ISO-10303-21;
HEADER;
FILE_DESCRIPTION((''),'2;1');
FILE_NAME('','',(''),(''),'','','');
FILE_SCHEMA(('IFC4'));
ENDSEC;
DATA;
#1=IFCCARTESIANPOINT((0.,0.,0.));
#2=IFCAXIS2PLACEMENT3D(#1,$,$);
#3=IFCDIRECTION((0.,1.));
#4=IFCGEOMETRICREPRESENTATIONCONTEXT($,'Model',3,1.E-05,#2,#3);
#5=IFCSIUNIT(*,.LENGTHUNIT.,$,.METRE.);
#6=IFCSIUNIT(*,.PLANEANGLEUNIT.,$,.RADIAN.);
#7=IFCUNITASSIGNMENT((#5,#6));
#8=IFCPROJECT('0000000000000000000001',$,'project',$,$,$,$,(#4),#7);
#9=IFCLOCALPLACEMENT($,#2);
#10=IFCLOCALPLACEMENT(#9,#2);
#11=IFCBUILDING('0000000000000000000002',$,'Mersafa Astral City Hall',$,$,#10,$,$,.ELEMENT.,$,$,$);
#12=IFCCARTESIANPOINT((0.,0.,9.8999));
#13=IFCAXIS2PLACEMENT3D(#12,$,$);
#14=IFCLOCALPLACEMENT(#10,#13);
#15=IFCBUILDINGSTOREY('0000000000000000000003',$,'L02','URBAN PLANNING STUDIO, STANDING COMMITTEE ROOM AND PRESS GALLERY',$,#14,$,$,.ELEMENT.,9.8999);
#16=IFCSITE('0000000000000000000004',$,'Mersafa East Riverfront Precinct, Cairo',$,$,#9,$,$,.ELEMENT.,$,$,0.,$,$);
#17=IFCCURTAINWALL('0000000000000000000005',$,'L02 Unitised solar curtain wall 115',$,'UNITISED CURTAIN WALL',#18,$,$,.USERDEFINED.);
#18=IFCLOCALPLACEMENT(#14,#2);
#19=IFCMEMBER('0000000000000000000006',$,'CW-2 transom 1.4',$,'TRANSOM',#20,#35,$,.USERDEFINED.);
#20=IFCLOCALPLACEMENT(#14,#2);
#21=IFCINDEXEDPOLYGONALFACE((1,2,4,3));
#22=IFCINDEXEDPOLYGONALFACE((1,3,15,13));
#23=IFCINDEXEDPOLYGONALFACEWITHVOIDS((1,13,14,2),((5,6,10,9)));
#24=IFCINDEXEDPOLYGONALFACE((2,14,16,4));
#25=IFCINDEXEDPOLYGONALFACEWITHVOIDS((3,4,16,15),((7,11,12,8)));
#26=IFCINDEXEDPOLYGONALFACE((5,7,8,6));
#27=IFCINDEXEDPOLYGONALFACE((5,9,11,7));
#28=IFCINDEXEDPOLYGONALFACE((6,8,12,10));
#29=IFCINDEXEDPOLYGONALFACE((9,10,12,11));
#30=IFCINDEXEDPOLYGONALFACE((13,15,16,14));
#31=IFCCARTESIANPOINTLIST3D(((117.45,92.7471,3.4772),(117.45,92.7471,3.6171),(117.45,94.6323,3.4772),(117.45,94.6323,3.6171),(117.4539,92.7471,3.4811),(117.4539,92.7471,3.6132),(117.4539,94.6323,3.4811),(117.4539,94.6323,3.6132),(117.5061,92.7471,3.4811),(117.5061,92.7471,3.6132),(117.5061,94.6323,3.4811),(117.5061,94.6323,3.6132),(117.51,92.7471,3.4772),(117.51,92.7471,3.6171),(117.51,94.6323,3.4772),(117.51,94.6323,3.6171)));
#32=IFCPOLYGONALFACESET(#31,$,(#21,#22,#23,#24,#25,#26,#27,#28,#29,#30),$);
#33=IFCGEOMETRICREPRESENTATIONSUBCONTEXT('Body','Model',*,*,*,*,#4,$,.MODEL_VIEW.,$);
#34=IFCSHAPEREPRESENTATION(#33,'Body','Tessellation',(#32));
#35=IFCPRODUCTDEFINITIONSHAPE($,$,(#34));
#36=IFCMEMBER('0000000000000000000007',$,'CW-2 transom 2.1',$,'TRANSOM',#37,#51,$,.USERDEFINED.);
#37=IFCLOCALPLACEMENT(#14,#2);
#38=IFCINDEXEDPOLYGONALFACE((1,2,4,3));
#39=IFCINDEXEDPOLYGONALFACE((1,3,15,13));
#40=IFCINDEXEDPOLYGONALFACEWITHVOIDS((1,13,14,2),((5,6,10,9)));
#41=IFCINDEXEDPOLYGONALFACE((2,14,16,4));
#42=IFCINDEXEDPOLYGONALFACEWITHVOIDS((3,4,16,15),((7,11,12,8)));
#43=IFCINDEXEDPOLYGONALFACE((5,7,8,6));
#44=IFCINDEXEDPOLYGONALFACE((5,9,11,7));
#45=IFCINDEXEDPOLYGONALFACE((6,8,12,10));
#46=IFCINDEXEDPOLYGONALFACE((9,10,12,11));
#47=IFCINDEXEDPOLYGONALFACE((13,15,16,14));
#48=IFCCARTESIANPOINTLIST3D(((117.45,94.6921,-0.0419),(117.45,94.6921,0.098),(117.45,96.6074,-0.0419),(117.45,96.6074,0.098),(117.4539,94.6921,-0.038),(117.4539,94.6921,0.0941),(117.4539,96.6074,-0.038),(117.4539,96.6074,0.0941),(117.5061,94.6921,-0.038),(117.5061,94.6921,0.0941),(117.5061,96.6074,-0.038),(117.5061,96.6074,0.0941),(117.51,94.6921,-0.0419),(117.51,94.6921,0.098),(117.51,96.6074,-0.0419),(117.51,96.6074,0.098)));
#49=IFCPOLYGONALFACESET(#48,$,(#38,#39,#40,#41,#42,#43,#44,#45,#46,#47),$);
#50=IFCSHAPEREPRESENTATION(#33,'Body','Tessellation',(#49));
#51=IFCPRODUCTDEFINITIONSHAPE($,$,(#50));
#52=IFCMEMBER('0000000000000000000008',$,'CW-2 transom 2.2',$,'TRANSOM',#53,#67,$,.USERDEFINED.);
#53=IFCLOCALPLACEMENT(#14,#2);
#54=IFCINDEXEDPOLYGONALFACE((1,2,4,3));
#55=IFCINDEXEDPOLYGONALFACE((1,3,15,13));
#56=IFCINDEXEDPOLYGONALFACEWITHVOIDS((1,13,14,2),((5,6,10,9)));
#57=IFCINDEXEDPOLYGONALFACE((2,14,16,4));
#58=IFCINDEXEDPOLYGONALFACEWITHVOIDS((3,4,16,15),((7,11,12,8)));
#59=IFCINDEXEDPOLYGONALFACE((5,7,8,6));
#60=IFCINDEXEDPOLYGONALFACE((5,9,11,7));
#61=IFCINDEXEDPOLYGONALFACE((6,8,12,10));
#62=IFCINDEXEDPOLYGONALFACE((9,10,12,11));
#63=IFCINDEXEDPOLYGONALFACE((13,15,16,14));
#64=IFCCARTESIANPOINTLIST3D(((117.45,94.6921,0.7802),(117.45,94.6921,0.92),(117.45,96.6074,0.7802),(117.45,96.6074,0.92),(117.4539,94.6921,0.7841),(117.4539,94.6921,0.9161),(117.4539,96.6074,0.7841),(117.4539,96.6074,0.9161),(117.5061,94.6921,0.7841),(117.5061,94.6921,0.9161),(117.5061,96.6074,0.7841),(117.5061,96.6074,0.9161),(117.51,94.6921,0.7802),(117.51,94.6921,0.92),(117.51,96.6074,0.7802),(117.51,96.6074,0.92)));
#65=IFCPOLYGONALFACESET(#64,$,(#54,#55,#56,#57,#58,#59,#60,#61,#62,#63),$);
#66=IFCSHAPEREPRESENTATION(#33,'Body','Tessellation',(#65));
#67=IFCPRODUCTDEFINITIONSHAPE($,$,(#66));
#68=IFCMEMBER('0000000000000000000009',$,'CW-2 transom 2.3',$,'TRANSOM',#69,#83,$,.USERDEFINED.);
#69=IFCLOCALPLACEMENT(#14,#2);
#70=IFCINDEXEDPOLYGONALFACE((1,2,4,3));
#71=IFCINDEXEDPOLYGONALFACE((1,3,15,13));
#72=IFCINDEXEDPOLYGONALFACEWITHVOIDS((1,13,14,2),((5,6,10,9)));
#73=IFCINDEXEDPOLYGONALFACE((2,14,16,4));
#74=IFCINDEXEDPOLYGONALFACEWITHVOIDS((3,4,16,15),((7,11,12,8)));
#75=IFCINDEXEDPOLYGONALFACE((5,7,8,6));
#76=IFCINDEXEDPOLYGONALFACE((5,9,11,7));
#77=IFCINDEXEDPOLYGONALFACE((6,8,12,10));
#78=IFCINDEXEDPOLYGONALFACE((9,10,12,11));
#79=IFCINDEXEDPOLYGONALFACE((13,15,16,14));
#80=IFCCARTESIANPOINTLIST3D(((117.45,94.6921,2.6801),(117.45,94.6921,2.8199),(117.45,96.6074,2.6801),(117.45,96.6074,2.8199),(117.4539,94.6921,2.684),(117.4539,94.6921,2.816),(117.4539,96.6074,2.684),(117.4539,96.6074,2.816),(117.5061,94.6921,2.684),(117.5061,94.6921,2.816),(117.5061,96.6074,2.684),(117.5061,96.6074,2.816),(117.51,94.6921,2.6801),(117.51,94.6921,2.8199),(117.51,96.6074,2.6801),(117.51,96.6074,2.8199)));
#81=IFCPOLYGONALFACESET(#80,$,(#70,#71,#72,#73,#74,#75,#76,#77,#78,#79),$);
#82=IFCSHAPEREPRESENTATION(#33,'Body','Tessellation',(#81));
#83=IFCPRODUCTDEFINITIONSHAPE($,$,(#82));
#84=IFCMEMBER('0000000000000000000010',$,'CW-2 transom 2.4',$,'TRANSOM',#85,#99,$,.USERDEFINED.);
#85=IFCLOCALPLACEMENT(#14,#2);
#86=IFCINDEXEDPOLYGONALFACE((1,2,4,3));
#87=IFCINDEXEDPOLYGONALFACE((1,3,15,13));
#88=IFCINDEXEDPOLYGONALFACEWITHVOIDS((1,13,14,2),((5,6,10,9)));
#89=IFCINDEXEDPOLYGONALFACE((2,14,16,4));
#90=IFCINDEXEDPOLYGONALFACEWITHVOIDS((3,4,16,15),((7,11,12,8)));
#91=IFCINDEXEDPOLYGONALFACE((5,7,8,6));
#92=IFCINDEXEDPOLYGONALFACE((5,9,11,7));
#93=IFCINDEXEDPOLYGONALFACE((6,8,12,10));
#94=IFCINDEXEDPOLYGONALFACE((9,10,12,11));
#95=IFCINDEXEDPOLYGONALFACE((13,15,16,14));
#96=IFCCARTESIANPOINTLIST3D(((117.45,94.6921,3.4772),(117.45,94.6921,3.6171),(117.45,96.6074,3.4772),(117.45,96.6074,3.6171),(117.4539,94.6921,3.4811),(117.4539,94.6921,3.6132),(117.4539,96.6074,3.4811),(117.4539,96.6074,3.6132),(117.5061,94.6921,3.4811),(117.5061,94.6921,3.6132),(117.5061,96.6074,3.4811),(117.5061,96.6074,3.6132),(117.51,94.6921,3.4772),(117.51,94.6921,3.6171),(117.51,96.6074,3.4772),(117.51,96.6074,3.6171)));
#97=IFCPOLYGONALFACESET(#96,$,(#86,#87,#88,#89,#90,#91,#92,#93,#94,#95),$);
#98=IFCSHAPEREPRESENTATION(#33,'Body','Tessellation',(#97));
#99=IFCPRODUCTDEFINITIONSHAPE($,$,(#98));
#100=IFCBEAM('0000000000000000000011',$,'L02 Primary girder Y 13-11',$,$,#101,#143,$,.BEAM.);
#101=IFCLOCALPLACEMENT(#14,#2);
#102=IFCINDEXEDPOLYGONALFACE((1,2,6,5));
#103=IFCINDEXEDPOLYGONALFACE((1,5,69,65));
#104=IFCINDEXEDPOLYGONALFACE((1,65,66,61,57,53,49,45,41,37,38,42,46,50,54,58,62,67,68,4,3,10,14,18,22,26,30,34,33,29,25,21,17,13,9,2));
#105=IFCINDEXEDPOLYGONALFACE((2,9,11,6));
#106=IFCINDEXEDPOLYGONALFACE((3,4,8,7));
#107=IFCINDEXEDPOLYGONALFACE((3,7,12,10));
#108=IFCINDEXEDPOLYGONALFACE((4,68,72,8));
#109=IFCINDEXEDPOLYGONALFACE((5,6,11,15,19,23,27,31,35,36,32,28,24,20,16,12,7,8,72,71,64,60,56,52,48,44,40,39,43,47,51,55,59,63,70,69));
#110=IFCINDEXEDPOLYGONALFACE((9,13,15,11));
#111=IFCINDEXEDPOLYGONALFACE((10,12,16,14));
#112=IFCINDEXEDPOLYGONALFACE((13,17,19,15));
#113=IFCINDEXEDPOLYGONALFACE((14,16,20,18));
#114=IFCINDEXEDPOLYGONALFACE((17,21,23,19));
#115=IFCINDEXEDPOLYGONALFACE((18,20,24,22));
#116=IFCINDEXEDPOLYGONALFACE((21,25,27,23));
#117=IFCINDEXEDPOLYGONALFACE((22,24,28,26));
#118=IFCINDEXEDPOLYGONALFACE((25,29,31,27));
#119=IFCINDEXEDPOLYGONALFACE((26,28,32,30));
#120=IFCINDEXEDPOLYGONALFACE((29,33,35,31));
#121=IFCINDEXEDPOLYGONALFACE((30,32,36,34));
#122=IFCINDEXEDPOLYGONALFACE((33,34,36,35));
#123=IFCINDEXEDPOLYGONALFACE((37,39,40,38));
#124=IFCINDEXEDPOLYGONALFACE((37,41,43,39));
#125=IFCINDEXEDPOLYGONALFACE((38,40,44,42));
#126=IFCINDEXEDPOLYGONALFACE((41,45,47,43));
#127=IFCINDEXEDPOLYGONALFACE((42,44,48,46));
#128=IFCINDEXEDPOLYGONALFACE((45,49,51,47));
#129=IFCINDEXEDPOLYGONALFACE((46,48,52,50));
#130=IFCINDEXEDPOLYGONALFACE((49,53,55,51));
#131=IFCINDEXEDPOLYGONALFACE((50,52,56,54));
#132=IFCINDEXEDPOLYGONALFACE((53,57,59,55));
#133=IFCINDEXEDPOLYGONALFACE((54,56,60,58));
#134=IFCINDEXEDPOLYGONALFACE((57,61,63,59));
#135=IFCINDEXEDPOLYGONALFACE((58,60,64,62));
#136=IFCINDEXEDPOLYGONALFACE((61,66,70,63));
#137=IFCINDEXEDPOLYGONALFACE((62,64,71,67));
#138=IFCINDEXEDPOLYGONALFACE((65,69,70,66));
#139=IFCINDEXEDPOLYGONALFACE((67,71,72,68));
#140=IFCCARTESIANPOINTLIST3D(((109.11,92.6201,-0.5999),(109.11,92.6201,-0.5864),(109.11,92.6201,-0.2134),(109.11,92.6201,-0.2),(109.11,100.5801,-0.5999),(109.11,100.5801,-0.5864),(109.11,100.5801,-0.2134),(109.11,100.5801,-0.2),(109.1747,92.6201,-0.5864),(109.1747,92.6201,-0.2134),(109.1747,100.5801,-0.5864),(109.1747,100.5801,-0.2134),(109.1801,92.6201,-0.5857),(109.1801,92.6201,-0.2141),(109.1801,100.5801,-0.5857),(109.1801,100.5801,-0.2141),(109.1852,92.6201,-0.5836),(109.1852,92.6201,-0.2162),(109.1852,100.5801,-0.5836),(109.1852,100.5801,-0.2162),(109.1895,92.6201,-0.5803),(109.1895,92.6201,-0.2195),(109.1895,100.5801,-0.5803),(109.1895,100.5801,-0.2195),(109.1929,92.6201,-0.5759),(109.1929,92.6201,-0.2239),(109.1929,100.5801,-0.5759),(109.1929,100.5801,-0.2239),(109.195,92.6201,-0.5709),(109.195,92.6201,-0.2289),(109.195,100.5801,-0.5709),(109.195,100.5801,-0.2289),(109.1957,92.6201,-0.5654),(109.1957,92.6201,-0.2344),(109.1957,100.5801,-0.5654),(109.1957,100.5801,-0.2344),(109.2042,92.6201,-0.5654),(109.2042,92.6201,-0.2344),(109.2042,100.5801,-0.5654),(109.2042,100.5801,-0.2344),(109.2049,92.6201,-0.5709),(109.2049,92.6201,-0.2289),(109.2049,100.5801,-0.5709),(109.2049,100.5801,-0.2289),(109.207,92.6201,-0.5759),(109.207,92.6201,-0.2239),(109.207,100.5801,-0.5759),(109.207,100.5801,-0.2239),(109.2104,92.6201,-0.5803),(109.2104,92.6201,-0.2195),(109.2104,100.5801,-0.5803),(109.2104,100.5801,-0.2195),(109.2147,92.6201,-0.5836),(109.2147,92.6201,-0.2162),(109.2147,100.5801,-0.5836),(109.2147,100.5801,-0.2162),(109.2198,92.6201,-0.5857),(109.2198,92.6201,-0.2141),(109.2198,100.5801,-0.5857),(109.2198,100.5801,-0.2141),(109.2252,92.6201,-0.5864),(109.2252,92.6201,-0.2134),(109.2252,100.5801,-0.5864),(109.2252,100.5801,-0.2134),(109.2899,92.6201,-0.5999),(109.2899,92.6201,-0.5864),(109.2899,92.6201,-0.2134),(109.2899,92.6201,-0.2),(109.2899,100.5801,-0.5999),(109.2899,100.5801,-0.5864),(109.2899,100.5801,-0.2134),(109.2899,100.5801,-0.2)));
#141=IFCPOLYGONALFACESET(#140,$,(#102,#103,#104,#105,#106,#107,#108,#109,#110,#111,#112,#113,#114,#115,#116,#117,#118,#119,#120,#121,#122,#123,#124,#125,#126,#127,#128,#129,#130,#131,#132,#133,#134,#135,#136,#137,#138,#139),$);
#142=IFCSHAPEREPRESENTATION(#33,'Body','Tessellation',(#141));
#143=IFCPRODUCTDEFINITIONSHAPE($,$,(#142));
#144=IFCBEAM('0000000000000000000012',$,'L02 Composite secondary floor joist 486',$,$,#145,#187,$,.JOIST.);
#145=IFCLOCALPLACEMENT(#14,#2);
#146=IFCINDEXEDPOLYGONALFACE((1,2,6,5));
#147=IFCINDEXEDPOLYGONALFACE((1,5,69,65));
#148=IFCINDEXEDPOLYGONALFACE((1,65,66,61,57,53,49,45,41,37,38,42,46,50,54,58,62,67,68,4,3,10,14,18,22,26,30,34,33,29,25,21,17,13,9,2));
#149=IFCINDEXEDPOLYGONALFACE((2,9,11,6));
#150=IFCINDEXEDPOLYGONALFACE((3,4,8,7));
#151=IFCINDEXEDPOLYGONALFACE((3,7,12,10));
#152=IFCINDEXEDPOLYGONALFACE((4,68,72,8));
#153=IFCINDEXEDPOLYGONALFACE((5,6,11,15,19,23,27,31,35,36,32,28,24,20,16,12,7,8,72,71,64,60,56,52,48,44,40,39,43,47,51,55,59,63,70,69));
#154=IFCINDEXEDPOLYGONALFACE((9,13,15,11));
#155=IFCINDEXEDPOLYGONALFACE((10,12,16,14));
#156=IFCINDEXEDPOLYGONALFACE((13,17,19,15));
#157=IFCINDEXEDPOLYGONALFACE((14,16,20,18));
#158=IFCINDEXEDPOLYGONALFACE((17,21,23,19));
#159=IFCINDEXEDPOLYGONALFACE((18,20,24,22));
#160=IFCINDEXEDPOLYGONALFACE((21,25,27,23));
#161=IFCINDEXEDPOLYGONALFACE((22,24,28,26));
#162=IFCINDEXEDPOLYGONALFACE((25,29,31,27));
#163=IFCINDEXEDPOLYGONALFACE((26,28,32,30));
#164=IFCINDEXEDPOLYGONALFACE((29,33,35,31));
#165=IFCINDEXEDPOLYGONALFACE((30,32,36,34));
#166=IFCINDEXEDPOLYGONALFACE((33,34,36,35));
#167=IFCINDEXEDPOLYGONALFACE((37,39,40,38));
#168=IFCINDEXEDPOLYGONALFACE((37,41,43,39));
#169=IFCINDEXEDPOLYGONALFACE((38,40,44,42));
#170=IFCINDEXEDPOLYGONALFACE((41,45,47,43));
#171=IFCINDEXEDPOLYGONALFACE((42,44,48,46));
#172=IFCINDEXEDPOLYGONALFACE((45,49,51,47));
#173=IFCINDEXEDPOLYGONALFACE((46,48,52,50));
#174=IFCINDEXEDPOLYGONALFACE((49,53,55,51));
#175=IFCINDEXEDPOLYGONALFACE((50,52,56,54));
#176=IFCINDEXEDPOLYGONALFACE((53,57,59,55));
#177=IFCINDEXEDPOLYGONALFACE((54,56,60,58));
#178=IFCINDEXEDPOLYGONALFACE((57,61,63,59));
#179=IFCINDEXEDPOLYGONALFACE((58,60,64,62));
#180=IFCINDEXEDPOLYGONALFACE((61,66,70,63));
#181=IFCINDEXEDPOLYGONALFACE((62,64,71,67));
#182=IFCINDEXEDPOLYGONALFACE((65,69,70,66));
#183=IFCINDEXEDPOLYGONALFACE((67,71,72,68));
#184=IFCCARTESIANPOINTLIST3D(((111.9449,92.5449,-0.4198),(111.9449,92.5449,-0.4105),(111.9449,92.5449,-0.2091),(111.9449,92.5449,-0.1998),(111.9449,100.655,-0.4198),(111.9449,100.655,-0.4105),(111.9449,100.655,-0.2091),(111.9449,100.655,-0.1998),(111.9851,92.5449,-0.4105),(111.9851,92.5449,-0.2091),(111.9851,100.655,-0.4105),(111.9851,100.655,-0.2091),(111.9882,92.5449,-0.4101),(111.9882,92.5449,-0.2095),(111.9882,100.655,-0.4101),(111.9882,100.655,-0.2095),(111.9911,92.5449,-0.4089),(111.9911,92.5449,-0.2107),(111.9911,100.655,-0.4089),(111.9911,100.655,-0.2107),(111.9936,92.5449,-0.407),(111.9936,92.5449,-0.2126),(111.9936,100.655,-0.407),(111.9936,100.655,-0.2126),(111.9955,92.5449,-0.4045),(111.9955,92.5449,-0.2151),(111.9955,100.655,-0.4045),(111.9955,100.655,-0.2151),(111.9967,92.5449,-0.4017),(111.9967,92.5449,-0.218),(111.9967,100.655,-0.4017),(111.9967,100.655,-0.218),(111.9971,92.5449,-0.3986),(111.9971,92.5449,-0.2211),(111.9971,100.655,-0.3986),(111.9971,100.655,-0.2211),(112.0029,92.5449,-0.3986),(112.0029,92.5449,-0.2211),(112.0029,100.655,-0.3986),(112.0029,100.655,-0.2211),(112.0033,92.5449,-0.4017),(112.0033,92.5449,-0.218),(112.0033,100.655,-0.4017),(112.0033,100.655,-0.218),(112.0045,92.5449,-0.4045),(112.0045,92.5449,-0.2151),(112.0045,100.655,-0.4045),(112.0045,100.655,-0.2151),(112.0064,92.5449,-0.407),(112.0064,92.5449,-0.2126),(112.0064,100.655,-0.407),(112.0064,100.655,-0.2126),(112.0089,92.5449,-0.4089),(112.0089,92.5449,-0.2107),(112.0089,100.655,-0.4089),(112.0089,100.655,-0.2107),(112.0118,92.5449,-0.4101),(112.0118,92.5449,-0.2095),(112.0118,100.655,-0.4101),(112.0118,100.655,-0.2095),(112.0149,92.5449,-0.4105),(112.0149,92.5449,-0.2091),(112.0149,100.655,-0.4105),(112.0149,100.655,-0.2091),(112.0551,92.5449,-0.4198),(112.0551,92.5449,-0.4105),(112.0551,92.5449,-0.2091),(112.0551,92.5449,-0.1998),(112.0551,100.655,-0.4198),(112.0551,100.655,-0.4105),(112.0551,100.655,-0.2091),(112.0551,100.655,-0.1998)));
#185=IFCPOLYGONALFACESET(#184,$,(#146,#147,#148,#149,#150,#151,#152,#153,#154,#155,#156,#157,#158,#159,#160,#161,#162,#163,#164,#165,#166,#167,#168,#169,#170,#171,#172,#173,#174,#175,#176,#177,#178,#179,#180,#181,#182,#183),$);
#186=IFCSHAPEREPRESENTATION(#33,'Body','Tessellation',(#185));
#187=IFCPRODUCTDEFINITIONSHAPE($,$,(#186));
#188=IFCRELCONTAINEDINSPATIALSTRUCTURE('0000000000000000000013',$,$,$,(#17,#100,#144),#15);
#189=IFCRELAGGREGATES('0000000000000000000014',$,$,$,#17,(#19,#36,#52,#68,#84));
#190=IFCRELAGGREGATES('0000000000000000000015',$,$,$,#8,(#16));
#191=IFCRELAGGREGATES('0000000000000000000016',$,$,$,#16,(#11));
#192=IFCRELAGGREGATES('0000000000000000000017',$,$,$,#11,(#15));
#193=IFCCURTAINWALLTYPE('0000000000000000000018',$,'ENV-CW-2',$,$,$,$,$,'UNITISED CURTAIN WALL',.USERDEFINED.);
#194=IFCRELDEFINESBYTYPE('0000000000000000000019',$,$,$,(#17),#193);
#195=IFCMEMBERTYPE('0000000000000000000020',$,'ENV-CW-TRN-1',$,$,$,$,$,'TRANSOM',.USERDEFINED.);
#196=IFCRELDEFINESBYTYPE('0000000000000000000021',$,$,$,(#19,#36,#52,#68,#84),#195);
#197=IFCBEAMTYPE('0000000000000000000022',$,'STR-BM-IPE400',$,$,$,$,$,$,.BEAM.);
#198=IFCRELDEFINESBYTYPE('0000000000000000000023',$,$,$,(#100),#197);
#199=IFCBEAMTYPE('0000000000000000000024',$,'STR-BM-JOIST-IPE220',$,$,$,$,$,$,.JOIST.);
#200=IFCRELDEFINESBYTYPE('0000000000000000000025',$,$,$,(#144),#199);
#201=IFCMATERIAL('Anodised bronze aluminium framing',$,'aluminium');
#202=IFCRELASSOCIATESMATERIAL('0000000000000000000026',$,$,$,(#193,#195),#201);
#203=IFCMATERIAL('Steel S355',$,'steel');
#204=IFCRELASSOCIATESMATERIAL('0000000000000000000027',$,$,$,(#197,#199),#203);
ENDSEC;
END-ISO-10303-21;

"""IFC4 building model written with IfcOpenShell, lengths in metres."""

from ifc_helpers import new_model, si_unit, direction, frame, origin, origin_2d, place, context, subcontext, project, spatial, hollow_rectangle, i_section, extrude, material, material_profile, profile_set, type_object, element, aggregate, save


model = new_model("IFC4")

# Units and contexts
model_context = context("Model", 3, precision=1e-05, world=origin(), true_north=direction((0.0, 1.0)))
body_context = subcontext(model_context, "Body", "Model", "MODEL_VIEW")
ifc_project = project(units=[si_unit("LENGTHUNIT", "METRE"), si_unit("PLANEANGLEUNIT", "RADIAN")], contexts=[model_context])

# Site, building, storey
site_placement = place(None, origin())
site = spatial("IfcSite", under=ifc_project, at=site_placement, Name="Mersafa East Riverfront Precinct, Cairo", CompositionType="ELEMENT", RefElevation=0.0)
building_placement = place(site_placement, origin())
building = spatial("IfcBuilding", under=site, at=building_placement, Name="Mersafa Astral City Hall", CompositionType="ELEMENT")
storey_placement = place(building_placement, frame((0.0, 0.0, 9.8999)))
storey = spatial("IfcBuildingStorey", under=building, at=storey_placement, Name="L02", Description="URBAN PLANNING STUDIO, STANDING COMMITTEE ROOM AND PRESS GALLERY", CompositionType="ELEMENT", Elevation=9.8999)

# Shared definitions
ifc_material_1 = material(Name="Steel S355", Category="steel")

# Curtain wall, members
ifc_material_2 = material(Name="Anodised bronze aluminium framing", Category="aluminium")
curtain_wall_type = type_object("IfcCurtainWallType", Name="ENV-CW-2", ElementType="UNITISED CURTAIN WALL", PredefinedType="USERDEFINED", material=ifc_material_2)
curtain_wall_placement = place(storey_placement, origin())
curtain_wall = element("IfcCurtainWall", 1, at=curtain_wall_placement, inside=storey, type_object=curtain_wall_type, Name="L02 Unitised solar curtain wall 115", ObjectType="UNITISED CURTAIN WALL", PredefinedType="USERDEFINED")
ifc_material_profile_1 = material_profile(ifc_material_2, hollow_rectangle(XDim=0.0601, YDim=0.1399, WallThickness=0.0039, at=origin_2d()), Name="RHS 60x140x4")
ifc_profile_set_1 = profile_set([ifc_material_profile_1], Name="Anodised bronze aluminium framing")
member_type_1 = type_object("IfcMemberType", Name="ENV-CW-TRN-1", ElementType="TRANSOM", PredefinedType="USERDEFINED", material=ifc_profile_set_1)
member_1_placement = place(storey_placement, frame((117.48, 92.7471, 3.5471), z_axis=(0.0, 1.0, 0.0), x_axis=(-1.0, 0.0, 0.0)))
member_1 = element("IfcMember", 2, at=member_1_placement, type_object=member_type_1, Name="CW-2 transom 1.4", ObjectType="TRANSOM", PredefinedType="USERDEFINED", context=body_context, shape_type="SweptSolid", body=[
    extrude(hollow_rectangle(XDim=0.0601, YDim=0.1399, WallThickness=0.0039, at=origin_2d()), origin(), (0.0, 0.0, 1.0), 1.8853),
])
member_2_placement = place(storey_placement, frame((117.48, 94.6921, 0.0281), z_axis=(0.0, 1.0, 0.0), x_axis=(-1.0, 0.0, 0.0)))
member_2 = element("IfcMember", 3, at=member_2_placement, type_object=member_type_1, Name="CW-2 transom 2.1", ObjectType="TRANSOM", PredefinedType="USERDEFINED", context=body_context, shape_type="SweptSolid", body=[
    extrude(hollow_rectangle(XDim=0.0601, YDim=0.1399, WallThickness=0.0039, at=origin_2d()), origin(), (0.0, 0.0, 1.0), 1.9153),
])
member_3_placement = place(storey_placement, frame((117.48, 94.6921, 0.8501), z_axis=(0.0, 1.0, 0.0), x_axis=(-1.0, 0.0, 0.0)))
member_3 = element("IfcMember", 4, at=member_3_placement, type_object=member_type_1, Name="CW-2 transom 2.2", ObjectType="TRANSOM", PredefinedType="USERDEFINED", context=body_context, shape_type="SweptSolid", body=[
    extrude(hollow_rectangle(XDim=0.0601, YDim=0.1399, WallThickness=0.0039, at=origin_2d()), origin(), (0.0, 0.0, 1.0), 1.9153),
])
member_4_placement = place(storey_placement, frame((117.48, 94.6921, 2.75), z_axis=(0.0, 1.0, 0.0), x_axis=(-1.0, 0.0, 0.0)))
member_4 = element("IfcMember", 5, at=member_4_placement, type_object=member_type_1, Name="CW-2 transom 2.3", ObjectType="TRANSOM", PredefinedType="USERDEFINED", context=body_context, shape_type="SweptSolid", body=[
    extrude(hollow_rectangle(XDim=0.0601, YDim=0.1399, WallThickness=0.0039, at=origin_2d()), origin(), (0.0, 0.0, 1.0), 1.9153),
])
member_5_placement = place(storey_placement, frame((117.48, 94.6921, 3.5471), z_axis=(0.0, 1.0, 0.0), x_axis=(-1.0, 0.0, 0.0)))
member_5 = element("IfcMember", 6, at=member_5_placement, type_object=member_type_1, Name="CW-2 transom 2.4", ObjectType="TRANSOM", PredefinedType="USERDEFINED", context=body_context, shape_type="SweptSolid", body=[
    extrude(hollow_rectangle(XDim=0.0601, YDim=0.1399, WallThickness=0.0039, at=origin_2d()), origin(), (0.0, 0.0, 1.0), 1.9153),
])

# Beams
ifc_material_profile_2 = material_profile(ifc_material_1, i_section(OverallWidth=0.1799, OverallDepth=0.3999, WebThickness=0.0085, FlangeThickness=0.0134, FilletRadius=0.021, at=origin_2d()), Name="IPE 400")
ifc_profile_set_2 = profile_set([ifc_material_profile_2], Name="Steel S355")
beam_type_1 = type_object("IfcBeamType", Name="STR-BM-IPE400", PredefinedType="BEAM", material=ifc_profile_set_2)
beam_1_placement = place(storey_placement, frame((109.2, 92.6201, -0.3999), z_axis=(0.0, 1.0, 0.0), x_axis=(-1.0, 0.0, 0.0)))
element("IfcBeam", 7, at=beam_1_placement, inside=storey, type_object=beam_type_1, Name="L02 Primary girder Y 13-11", PredefinedType="BEAM", context=body_context, shape_type="SweptSolid", body=[
    extrude(i_section(OverallWidth=0.1799, OverallDepth=0.3999, WebThickness=0.0085, FlangeThickness=0.0134, FilletRadius=0.021, at=origin_2d()), origin(), (0.0, 0.0, 1.0), 7.96),
])
ifc_material_profile_3 = material_profile(ifc_material_1, i_section(OverallWidth=0.1101, OverallDepth=0.22, WebThickness=0.0059, FlangeThickness=0.0093, FilletRadius=0.012, at=origin_2d()), Name="IPE 220")
ifc_profile_set_3 = profile_set([ifc_material_profile_3], Name="Steel S355")
beam_type_2 = type_object("IfcBeamType", Name="STR-BM-JOIST-IPE220", PredefinedType="JOIST", material=ifc_profile_set_3)
for number, where, z_axis, x_axis, name in (
    (8, (112.0, 92.5449, -0.3098), (0.0, 1.0, 0.0), (-1.0, 0.0, 0.0), "L02 Composite secondary floor joist 486"),
):
    element("IfcBeam", number, at=place(storey_placement, frame(where, z_axis=z_axis, x_axis=x_axis)), inside=storey, type_object=beam_type_2, Name=name, PredefinedType="JOIST", context=body_context, shape_type="SweptSolid", body=[
        extrude(i_section(OverallWidth=0.1101, OverallDepth=0.22, WebThickness=0.0059, FlangeThickness=0.0093, FilletRadius=0.012, at=origin_2d()), origin(), (0.0, 0.0, 1.0), 8.1101),
    ])

aggregate(curtain_wall, [member_1, member_2, member_3, member_4, member_5])

save(model, "model.ifc")
